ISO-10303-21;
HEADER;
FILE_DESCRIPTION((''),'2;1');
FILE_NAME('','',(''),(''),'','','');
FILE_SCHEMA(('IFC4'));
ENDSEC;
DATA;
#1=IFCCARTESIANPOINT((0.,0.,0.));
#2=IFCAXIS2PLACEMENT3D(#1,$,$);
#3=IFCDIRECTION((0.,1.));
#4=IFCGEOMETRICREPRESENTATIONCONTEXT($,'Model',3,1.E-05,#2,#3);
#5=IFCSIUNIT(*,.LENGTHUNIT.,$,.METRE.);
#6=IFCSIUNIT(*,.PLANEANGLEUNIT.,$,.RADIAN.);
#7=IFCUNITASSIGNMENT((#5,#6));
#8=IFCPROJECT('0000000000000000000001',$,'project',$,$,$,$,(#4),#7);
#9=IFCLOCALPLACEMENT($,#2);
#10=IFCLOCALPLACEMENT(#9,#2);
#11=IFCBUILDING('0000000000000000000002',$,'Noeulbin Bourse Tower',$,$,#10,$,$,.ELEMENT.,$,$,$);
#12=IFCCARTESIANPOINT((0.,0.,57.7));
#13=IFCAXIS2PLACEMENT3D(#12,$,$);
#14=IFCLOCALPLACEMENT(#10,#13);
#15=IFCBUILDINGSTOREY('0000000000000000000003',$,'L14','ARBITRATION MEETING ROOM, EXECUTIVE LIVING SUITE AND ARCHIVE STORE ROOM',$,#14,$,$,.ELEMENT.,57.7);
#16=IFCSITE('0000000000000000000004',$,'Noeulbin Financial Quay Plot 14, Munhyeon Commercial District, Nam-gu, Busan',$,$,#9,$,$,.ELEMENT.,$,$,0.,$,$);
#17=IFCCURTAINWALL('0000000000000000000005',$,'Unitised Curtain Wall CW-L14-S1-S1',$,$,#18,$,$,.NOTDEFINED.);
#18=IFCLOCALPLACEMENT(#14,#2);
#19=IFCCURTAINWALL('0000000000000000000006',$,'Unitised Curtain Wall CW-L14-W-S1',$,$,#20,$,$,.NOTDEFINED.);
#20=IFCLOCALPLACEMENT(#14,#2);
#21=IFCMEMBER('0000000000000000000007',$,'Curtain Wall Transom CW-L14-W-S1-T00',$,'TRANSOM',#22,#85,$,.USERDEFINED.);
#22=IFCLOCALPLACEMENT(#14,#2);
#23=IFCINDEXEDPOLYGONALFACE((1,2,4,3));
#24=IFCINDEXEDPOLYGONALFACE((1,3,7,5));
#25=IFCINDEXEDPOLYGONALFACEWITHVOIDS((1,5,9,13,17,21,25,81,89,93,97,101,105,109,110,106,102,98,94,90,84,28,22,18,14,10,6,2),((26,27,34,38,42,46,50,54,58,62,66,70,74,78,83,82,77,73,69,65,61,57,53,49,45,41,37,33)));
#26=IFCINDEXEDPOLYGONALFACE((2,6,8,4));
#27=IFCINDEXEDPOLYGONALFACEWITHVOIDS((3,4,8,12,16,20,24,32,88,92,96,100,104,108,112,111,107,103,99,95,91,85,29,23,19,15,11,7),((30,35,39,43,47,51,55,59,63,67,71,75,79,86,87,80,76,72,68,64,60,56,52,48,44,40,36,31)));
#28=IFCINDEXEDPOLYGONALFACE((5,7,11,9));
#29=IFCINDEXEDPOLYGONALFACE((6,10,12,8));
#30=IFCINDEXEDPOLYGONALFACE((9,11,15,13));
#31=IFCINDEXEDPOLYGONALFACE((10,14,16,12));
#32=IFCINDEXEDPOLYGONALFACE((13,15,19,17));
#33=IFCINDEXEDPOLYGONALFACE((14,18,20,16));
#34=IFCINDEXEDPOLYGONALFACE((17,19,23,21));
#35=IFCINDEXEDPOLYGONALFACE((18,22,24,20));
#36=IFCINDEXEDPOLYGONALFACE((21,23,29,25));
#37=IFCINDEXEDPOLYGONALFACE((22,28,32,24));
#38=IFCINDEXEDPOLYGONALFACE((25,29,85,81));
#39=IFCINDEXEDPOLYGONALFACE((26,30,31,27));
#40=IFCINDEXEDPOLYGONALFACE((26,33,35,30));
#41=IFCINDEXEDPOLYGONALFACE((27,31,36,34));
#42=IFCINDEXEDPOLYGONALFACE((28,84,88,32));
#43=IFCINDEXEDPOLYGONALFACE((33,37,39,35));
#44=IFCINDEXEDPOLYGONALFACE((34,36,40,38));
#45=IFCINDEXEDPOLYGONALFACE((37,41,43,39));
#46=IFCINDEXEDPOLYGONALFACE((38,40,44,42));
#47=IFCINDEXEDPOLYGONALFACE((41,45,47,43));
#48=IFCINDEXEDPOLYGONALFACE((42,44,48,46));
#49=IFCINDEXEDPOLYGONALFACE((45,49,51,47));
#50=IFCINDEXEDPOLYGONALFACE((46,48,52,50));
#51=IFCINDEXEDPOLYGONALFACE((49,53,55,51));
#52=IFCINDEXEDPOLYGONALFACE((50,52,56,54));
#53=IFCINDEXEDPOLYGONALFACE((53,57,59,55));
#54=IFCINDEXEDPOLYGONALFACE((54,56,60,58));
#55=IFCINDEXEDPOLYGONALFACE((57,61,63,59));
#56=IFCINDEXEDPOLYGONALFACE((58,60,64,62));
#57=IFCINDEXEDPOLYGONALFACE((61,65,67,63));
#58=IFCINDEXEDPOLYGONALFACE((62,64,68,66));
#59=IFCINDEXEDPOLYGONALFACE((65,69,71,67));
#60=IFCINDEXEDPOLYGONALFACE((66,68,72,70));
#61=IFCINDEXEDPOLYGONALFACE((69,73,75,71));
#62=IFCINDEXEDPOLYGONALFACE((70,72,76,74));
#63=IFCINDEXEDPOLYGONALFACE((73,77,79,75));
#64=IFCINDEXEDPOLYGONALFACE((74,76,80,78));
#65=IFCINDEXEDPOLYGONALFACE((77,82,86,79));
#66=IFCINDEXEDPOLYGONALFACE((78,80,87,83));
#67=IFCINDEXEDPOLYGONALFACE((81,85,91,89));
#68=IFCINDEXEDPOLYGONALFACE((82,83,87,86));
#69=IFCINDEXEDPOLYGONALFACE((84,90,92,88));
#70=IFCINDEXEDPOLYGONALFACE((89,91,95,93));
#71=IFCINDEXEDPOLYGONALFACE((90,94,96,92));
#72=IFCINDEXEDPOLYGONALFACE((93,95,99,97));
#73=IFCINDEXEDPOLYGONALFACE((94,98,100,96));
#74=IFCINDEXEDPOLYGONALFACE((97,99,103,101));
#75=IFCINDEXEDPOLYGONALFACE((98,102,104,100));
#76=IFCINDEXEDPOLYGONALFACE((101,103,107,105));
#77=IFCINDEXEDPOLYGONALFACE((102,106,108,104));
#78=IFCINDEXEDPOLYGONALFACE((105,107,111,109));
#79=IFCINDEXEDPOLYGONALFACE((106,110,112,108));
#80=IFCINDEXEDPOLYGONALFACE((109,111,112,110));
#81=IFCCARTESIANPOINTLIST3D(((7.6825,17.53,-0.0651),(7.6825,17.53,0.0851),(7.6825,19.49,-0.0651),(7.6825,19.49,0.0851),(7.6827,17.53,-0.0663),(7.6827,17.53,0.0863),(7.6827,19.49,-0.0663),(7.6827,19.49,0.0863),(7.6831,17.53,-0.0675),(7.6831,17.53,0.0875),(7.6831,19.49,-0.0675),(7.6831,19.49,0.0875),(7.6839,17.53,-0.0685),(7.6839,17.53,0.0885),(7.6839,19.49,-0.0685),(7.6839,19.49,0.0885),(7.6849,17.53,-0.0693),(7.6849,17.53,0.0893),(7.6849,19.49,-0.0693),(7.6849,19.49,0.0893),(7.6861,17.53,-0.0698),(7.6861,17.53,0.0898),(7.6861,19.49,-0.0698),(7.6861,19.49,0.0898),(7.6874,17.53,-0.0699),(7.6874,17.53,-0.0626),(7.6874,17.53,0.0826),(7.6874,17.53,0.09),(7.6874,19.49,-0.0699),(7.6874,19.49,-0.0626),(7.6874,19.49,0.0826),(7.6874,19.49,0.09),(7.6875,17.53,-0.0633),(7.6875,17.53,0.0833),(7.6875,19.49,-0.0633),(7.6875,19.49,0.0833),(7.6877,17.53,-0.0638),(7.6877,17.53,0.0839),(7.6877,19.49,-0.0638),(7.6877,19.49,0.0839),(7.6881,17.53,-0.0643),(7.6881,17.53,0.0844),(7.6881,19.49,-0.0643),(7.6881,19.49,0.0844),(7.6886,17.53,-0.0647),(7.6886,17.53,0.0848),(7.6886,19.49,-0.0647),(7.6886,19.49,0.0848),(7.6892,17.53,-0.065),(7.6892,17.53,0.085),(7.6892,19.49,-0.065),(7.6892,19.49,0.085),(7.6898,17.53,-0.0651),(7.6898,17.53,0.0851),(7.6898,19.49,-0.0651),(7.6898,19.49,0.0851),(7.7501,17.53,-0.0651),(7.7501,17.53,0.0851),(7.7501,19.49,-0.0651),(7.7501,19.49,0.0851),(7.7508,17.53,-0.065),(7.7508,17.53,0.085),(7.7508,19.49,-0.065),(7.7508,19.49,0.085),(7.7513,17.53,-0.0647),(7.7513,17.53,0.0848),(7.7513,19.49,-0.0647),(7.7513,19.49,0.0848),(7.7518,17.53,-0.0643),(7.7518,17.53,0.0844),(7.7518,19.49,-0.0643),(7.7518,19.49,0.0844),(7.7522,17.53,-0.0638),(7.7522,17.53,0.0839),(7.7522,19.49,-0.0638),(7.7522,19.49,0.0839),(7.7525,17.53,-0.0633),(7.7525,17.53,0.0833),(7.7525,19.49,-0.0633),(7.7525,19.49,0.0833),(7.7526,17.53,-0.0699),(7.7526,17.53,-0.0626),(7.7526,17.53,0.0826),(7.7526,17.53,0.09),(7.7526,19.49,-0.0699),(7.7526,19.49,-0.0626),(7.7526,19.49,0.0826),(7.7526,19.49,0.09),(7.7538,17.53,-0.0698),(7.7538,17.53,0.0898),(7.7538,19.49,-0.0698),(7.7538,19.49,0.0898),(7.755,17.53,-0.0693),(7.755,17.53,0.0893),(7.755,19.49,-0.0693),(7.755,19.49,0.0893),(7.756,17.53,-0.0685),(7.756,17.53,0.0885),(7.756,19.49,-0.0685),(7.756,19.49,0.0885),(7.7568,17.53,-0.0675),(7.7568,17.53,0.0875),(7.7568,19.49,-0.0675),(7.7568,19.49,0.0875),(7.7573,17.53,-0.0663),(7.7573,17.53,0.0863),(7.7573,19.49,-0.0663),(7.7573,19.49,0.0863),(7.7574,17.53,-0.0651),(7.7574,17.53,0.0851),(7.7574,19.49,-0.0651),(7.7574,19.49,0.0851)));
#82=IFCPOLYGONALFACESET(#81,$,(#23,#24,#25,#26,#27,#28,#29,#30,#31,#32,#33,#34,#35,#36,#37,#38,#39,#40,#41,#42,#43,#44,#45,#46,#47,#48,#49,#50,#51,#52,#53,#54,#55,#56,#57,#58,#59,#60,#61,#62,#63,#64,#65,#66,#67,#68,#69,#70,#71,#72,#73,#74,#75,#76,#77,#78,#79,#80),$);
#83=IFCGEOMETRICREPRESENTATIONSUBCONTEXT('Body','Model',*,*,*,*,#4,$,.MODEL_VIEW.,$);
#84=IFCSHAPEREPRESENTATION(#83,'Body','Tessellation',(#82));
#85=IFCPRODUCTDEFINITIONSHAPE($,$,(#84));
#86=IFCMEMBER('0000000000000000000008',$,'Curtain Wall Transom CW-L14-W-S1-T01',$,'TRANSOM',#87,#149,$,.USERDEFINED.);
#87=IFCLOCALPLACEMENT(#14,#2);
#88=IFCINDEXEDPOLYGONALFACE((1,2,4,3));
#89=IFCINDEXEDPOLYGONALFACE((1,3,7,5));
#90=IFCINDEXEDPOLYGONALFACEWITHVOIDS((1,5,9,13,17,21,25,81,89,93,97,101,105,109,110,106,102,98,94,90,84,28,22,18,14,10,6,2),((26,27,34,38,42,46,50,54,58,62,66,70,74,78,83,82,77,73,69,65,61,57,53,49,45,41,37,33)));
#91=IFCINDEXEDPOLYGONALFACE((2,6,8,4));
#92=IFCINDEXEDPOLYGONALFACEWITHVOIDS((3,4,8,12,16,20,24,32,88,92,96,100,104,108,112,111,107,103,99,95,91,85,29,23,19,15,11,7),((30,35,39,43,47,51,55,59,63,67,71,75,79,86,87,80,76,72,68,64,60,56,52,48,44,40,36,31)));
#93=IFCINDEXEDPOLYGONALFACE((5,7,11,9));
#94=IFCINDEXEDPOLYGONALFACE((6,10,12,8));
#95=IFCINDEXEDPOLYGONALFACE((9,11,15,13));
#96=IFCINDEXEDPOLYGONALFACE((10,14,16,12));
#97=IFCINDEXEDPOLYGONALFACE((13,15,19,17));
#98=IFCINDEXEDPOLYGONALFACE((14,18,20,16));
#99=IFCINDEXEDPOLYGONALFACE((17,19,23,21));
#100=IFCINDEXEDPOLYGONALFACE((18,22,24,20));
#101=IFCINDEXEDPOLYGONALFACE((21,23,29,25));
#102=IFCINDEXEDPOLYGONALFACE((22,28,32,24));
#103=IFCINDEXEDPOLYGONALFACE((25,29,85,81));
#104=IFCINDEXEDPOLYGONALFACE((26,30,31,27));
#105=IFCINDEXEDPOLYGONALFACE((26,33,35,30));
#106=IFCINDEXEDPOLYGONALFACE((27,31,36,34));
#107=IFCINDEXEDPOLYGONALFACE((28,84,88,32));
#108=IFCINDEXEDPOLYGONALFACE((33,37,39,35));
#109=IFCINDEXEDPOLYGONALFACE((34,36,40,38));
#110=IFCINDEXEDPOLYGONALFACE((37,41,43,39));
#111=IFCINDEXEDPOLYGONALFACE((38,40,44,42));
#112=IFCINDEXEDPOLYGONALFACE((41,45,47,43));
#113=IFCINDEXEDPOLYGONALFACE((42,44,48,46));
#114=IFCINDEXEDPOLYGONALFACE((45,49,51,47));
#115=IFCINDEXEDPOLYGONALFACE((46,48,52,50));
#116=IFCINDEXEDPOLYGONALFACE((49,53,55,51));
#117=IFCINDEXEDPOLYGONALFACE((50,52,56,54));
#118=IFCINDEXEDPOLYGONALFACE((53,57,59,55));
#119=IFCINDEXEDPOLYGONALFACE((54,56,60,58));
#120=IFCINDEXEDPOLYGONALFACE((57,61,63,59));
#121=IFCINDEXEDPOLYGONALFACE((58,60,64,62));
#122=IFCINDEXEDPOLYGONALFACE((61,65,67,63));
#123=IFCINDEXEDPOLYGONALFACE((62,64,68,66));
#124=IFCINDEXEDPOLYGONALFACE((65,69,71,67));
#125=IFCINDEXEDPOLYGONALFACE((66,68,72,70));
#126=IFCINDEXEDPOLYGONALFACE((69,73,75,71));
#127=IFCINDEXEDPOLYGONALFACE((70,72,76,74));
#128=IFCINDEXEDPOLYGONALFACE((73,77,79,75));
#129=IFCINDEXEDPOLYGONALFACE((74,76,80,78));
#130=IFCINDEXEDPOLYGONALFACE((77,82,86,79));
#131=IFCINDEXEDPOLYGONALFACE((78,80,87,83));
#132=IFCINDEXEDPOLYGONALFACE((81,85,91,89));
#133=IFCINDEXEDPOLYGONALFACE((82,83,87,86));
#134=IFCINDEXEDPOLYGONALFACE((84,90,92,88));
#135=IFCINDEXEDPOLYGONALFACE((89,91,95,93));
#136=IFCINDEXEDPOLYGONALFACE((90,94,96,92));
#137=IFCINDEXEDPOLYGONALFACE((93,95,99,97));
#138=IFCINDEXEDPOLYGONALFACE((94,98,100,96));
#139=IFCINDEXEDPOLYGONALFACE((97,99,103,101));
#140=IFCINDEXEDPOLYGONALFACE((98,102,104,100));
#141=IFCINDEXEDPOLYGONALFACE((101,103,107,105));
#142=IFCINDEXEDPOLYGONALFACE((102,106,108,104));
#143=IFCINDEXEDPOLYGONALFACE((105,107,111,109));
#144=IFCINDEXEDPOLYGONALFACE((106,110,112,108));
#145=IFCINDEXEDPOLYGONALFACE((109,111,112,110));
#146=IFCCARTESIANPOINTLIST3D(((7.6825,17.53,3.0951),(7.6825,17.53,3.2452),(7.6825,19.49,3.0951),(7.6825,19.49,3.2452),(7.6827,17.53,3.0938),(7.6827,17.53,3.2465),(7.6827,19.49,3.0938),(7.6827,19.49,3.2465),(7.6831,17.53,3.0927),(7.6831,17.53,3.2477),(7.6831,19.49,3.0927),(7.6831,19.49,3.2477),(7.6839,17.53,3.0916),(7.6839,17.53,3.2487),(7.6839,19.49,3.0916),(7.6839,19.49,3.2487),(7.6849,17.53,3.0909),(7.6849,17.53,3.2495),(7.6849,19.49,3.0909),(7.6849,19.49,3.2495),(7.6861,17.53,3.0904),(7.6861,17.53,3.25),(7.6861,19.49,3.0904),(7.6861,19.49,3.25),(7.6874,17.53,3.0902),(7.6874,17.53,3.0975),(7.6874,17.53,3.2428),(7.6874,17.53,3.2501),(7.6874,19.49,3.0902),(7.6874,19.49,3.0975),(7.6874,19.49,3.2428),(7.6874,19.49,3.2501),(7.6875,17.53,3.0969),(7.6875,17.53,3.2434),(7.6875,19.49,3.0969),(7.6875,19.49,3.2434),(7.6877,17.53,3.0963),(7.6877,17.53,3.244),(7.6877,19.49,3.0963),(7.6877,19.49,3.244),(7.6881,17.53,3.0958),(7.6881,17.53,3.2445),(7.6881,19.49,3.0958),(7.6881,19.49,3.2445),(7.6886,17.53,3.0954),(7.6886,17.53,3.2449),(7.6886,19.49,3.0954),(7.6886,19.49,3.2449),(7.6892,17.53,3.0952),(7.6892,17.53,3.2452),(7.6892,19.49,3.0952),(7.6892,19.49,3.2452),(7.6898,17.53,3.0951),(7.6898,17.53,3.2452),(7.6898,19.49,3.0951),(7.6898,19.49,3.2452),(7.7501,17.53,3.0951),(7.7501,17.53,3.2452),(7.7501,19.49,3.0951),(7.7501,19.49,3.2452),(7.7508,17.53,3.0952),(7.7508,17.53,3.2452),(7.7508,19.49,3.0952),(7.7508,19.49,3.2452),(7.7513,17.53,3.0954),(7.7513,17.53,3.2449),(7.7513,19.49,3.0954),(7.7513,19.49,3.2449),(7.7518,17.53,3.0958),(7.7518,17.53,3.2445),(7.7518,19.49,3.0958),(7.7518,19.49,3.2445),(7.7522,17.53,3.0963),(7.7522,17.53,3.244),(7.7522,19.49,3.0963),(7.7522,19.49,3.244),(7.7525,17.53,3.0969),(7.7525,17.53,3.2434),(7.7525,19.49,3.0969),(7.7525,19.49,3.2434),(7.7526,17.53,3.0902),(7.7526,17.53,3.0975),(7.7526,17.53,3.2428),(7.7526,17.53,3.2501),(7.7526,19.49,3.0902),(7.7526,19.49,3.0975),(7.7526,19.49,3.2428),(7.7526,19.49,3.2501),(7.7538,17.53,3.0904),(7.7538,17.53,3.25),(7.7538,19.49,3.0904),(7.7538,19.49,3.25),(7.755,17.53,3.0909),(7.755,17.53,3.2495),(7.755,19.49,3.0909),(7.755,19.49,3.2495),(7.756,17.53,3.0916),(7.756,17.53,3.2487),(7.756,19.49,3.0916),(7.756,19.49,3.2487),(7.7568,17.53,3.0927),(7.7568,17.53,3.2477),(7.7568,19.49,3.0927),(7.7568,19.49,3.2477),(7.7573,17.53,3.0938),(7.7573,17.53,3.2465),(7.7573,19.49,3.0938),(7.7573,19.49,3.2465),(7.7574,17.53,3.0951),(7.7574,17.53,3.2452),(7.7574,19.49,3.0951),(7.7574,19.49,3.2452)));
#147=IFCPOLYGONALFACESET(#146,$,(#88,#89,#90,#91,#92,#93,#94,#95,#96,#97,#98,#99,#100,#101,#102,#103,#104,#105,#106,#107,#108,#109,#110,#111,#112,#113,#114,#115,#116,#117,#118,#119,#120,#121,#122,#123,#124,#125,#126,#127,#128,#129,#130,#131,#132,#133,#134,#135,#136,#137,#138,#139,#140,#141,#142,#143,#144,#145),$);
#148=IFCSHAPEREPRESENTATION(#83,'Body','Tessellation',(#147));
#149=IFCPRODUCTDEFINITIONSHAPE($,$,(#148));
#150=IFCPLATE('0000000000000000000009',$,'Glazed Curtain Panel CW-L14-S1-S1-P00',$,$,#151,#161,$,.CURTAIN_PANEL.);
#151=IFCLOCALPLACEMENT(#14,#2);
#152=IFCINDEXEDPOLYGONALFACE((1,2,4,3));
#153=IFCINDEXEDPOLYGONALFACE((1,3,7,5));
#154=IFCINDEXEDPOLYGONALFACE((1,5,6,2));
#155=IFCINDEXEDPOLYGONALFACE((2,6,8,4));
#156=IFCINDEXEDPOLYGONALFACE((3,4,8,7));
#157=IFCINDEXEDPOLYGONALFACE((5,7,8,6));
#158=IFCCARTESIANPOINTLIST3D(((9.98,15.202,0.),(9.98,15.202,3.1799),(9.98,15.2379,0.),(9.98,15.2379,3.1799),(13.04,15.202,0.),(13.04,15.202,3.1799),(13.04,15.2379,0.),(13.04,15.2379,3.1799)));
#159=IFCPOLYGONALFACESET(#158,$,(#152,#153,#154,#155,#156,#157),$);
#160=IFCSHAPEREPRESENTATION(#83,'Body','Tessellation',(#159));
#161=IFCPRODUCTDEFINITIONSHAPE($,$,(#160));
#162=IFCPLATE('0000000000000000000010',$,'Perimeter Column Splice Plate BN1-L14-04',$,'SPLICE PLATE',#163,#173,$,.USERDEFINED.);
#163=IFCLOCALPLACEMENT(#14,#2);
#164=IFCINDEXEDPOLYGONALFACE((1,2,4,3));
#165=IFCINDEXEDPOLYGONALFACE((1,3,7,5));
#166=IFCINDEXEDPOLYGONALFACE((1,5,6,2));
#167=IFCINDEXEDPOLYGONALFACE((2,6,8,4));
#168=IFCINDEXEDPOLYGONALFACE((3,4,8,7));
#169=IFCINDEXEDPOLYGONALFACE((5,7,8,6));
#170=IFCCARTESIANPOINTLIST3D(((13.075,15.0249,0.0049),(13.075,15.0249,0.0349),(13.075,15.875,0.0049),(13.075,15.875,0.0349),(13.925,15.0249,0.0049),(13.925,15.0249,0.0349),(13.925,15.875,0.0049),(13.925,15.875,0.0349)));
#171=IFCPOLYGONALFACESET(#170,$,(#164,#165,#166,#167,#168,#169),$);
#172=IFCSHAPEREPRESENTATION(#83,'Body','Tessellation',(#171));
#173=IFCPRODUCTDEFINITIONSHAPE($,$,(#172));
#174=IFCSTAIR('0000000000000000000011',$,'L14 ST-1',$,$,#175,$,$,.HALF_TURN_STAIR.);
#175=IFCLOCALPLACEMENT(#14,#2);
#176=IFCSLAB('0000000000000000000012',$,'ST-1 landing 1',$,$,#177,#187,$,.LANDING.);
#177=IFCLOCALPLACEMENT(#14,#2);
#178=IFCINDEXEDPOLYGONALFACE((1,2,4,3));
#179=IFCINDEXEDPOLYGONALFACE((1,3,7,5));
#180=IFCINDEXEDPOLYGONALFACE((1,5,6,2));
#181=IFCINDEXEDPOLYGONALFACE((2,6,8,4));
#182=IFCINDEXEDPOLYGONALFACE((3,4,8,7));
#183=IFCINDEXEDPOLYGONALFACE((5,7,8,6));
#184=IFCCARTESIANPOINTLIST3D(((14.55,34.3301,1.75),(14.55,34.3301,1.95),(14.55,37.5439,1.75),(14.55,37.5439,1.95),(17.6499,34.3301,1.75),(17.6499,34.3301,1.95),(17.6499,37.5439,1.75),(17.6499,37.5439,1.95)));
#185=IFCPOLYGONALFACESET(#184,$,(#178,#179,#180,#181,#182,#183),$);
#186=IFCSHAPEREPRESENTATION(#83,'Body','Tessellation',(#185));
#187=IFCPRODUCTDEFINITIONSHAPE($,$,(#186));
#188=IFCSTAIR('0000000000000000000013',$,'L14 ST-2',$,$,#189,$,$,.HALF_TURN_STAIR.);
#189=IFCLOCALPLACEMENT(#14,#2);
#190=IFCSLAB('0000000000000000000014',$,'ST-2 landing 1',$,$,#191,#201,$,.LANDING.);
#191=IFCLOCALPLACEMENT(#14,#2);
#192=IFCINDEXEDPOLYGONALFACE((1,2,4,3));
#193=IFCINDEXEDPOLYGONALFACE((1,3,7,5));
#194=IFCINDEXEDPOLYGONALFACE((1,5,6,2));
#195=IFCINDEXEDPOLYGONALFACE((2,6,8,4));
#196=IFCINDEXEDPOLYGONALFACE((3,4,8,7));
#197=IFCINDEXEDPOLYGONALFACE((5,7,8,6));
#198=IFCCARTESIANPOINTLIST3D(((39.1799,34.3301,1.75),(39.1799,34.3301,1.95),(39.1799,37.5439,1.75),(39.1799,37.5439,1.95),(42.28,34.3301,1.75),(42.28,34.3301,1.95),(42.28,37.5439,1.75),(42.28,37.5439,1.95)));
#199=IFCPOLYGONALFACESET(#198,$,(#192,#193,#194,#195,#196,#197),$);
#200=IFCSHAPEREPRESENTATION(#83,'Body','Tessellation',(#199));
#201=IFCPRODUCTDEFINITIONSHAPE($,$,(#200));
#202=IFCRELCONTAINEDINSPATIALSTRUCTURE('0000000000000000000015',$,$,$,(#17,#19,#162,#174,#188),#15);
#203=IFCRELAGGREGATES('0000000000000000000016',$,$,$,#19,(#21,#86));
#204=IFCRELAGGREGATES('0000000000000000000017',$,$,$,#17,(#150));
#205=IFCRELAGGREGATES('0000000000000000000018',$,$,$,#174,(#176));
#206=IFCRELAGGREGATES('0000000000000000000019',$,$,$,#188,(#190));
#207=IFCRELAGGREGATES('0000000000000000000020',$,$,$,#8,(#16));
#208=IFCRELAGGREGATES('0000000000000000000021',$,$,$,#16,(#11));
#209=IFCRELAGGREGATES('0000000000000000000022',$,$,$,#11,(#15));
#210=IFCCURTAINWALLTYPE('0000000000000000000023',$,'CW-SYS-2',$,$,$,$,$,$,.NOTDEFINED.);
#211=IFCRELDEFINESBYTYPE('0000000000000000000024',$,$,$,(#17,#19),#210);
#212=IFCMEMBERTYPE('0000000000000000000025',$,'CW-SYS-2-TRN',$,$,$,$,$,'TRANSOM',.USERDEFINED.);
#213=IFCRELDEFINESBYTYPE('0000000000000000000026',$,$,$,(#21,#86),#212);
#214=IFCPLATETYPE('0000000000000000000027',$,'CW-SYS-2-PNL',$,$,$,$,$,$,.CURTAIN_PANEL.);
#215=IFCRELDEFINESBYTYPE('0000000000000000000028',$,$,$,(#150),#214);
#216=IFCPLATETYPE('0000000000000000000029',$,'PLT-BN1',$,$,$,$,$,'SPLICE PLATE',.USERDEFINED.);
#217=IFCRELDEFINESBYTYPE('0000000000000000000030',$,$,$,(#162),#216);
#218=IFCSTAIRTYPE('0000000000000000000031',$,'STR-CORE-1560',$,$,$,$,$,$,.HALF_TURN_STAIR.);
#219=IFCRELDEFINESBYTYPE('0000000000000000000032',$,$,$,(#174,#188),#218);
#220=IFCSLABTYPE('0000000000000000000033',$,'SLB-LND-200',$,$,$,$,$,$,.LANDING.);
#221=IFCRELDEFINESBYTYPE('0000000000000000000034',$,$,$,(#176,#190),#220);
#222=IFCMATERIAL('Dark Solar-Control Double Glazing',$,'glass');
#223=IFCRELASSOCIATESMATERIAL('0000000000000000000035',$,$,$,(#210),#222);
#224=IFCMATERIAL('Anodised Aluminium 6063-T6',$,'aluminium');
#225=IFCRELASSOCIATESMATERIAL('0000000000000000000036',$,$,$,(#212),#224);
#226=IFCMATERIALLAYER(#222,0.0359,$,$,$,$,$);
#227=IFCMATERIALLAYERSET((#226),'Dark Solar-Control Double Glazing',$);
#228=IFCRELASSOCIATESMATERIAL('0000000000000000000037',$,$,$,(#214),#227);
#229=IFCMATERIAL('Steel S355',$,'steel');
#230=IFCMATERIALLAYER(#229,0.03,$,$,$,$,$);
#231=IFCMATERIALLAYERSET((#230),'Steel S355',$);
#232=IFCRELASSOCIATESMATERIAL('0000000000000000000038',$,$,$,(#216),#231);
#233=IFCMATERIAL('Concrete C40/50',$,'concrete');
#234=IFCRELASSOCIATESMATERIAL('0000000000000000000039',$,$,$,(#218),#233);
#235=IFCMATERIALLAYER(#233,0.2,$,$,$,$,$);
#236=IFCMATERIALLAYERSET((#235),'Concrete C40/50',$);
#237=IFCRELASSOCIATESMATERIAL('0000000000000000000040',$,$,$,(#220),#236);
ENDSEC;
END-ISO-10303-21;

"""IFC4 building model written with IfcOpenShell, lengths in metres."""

from ifc_helpers import new_model, si_unit, direction, frame, origin, origin_2d, place, context, subcontext, project, spatial, polyline, rectangle, hollow_rectangle, outline, extrude, material, layer, layer_set, material_profile, profile_set, type_object, element, aggregate, save


model = new_model("IFC4")

# Units and contexts
model_context = context("Model", 3, precision=1e-05, world=origin(), true_north=direction((0.0, 1.0)))
body_context = subcontext(model_context, "Body", "Model", "MODEL_VIEW")
ifc_project = project(units=[si_unit("LENGTHUNIT", "METRE"), si_unit("PLANEANGLEUNIT", "RADIAN")], contexts=[model_context])

# Site, building, storey
site_placement = place(None, origin())
site = spatial("IfcSite", under=ifc_project, at=site_placement, Name="Noeulbin Financial Quay Plot 14, Munhyeon Commercial District, Nam-gu, Busan", CompositionType="ELEMENT", RefElevation=0.0)
building_placement = place(site_placement, origin())
building = spatial("IfcBuilding", under=site, at=building_placement, Name="Noeulbin Bourse Tower", CompositionType="ELEMENT")
storey_placement = place(building_placement, frame((0.0, 0.0, 57.7)))
storey = spatial("IfcBuildingStorey", under=building, at=storey_placement, Name="L14", Description="ARBITRATION MEETING ROOM, EXECUTIVE LIVING SUITE AND ARCHIVE STORE ROOM", CompositionType="ELEMENT", Elevation=57.7)

# Shared definitions
ifc_material_1 = material(Name="Steel S355", Category="steel")

# Curtain wall
ifc_material_2 = material(Name="Dark Solar-Control Double Glazing", Category="glass")
curtain_wall_type = type_object("IfcCurtainWallType", Name="CW-SYS-2", PredefinedType="NOTDEFINED", material=ifc_material_2)
curtain_wall_1_placement = place(storey_placement, origin())
curtain_wall_1 = element("IfcCurtainWall", 1, at=curtain_wall_1_placement, inside=storey, type_object=curtain_wall_type, Name="Unitised Curtain Wall CW-L14-S1-S1", PredefinedType="NOTDEFINED")
ifc_material_3 = material(Name="Anodised Aluminium 6063-T6", Category="aluminium")

# Curtain wall
curtain_wall_2_placement = place(storey_placement, origin())
curtain_wall_2 = element("IfcCurtainWall", 2, at=curtain_wall_2_placement, inside=storey, type_object=curtain_wall_type, Name="Unitised Curtain Wall CW-L14-W-S1", PredefinedType="NOTDEFINED")

# Members
ifc_material_profile_1 = material_profile(ifc_material_3, hollow_rectangle(XDim=0.075, YDim=0.1599, WallThickness=0.0049, InnerFilletRadius=0.0024, OuterFilletRadius=0.0049, at=origin_2d()), Name="ALU-TRAN-75x160x5", Category="LoadBearing")
ifc_profile_set_1 = profile_set([ifc_material_profile_1], Name="Anodised Aluminium 6063-T6")
member_type_1 = type_object("IfcMemberType", Name="CW-SYS-2-TRN", ElementType="TRANSOM", PredefinedType="USERDEFINED", material=ifc_profile_set_1)
member_1_placement = place(storey_placement, frame((7.72, 17.53, 0.01), z_axis=(0.0, 1.0, 0.0), x_axis=(-1.0, 0.0, 0.0)))
member_1 = element("IfcMember", 3, at=member_1_placement, type_object=member_type_1, Name="Curtain Wall Transom CW-L14-W-S1-T00", ObjectType="TRANSOM", PredefinedType="USERDEFINED", context=body_context, shape_type="SweptSolid", body=[
    extrude(hollow_rectangle(XDim=0.075, YDim=0.1599, WallThickness=0.0049, InnerFilletRadius=0.0024, OuterFilletRadius=0.0049, at=origin_2d()), origin(), (0.0, 0.0, 1.0), 1.96),
])
member_2_placement = place(storey_placement, frame((7.72, 17.53, 3.1702), z_axis=(0.0, 1.0, 0.0), x_axis=(-1.0, 0.0, 0.0)))
member_2 = element("IfcMember", 4, at=member_2_placement, type_object=member_type_1, Name="Curtain Wall Transom CW-L14-W-S1-T01", ObjectType="TRANSOM", PredefinedType="USERDEFINED", context=body_context, shape_type="SweptSolid", body=[
    extrude(hollow_rectangle(XDim=0.075, YDim=0.1599, WallThickness=0.0049, InnerFilletRadius=0.0024, OuterFilletRadius=0.0049, at=origin_2d()), origin(), (0.0, 0.0, 1.0), 1.96),
])
aggregate(curtain_wall_2, [member_1, member_2])

# Plates
ifc_layer_1 = layer(ifc_material_2, 0.0359)
ifc_layer_set_1 = layer_set([ifc_layer_1], Name="Dark Solar-Control Double Glazing")
plate_type_1 = type_object("IfcPlateType", Name="CW-SYS-2-PNL", PredefinedType="CURTAIN_PANEL", material=ifc_layer_set_1)
plate_1_placement = place(storey_placement, frame((11.51, 15.22, 0.0), z_axis=(0.0, 0.0, 1.0), x_axis=(1.0, 0.0, 0.0)))
plate_1 = element("IfcPlate", 5, at=plate_1_placement, type_object=plate_type_1, Name="Glazed Curtain Panel CW-L14-S1-S1-P00", PredefinedType="CURTAIN_PANEL", context=body_context, shape_type="SweptSolid", body=[
    extrude(rectangle(XDim=3.0601, YDim=0.0359, at=origin_2d()), origin(), (0.0, 0.0, 1.0), 3.1799),
])
aggregate(curtain_wall_1, [plate_1])
ifc_layer_2 = layer(ifc_material_1, 0.03)
ifc_layer_set_2 = layer_set([ifc_layer_2], Name="Steel S355")
plate_type_2 = type_object("IfcPlateType", Name="PLT-BN1", ElementType="SPLICE PLATE", PredefinedType="USERDEFINED", material=ifc_layer_set_2)
plate_2_placement = place(storey_placement, frame((13.5, 15.45, 0.0049), z_axis=(0.0, 0.0, 1.0), x_axis=(1.0, 0.0, 0.0)))
element("IfcPlate", 6, at=plate_2_placement, inside=storey, type_object=plate_type_2, Name="Perimeter Column Splice Plate BN1-L14-04", ObjectType="SPLICE PLATE", PredefinedType="USERDEFINED", context=body_context, shape_type="SweptSolid", body=[
    extrude(rectangle(XDim=0.8501, YDim=0.8501, at=origin_2d()), origin(), (0.0, 0.0, 1.0), 0.03),
])

# Stairs, slabs
ifc_material_4 = material(Name="Concrete C40/50", Category="concrete")
stair_type = type_object("IfcStairType", Name="STR-CORE-1560", PredefinedType="HALF_TURN_STAIR", material=ifc_material_4)
stair_1_placement = place(storey_placement, origin())
stair_1 = element("IfcStair", 7, at=stair_1_placement, inside=storey, type_object=stair_type, Name="L14 ST-1", PredefinedType="HALF_TURN_STAIR")
ifc_layer_3 = layer(ifc_material_4, 0.2)
ifc_layer_set_3 = layer_set([ifc_layer_3], Name="Concrete C40/50")
slab_type_1 = type_object("IfcSlabType", Name="SLB-LND-200", PredefinedType="LANDING", material=ifc_layer_set_3)
slab_1_placement = place(storey_placement, frame((0.0, 0.0, 1.75)))
slab_1 = element("IfcSlab", 8, at=slab_1_placement, type_object=slab_type_1, Name="ST-1 landing 1", PredefinedType="LANDING", context=body_context, shape_type="SweptSolid", body=[
    extrude(outline(polyline([(17.6499, 34.3301), (17.6499, 37.5439), (14.55, 37.5439), (14.55, 34.3301), (17.6499, 34.3301)])), origin(), (0.0, 0.0, 1.0), 0.2),
])
aggregate(stair_1, [slab_1])
stair_2_placement = place(storey_placement, origin())
stair_2 = element("IfcStair", 9, at=stair_2_placement, inside=storey, type_object=stair_type, Name="L14 ST-2", PredefinedType="HALF_TURN_STAIR")
slab_2_placement = place(storey_placement, frame((0.0, 0.0, 1.75)))
slab_2 = element("IfcSlab", 10, at=slab_2_placement, type_object=slab_type_1, Name="ST-2 landing 1", PredefinedType="LANDING", context=body_context, shape_type="SweptSolid", body=[
    extrude(outline(polyline([(42.28, 34.3301), (42.28, 37.5439), (39.1799, 37.5439), (39.1799, 34.3301), (42.28, 34.3301)])), origin(), (0.0, 0.0, 1.0), 0.2),
])
aggregate(stair_2, [slab_2])

save(model, "model.ifc")
